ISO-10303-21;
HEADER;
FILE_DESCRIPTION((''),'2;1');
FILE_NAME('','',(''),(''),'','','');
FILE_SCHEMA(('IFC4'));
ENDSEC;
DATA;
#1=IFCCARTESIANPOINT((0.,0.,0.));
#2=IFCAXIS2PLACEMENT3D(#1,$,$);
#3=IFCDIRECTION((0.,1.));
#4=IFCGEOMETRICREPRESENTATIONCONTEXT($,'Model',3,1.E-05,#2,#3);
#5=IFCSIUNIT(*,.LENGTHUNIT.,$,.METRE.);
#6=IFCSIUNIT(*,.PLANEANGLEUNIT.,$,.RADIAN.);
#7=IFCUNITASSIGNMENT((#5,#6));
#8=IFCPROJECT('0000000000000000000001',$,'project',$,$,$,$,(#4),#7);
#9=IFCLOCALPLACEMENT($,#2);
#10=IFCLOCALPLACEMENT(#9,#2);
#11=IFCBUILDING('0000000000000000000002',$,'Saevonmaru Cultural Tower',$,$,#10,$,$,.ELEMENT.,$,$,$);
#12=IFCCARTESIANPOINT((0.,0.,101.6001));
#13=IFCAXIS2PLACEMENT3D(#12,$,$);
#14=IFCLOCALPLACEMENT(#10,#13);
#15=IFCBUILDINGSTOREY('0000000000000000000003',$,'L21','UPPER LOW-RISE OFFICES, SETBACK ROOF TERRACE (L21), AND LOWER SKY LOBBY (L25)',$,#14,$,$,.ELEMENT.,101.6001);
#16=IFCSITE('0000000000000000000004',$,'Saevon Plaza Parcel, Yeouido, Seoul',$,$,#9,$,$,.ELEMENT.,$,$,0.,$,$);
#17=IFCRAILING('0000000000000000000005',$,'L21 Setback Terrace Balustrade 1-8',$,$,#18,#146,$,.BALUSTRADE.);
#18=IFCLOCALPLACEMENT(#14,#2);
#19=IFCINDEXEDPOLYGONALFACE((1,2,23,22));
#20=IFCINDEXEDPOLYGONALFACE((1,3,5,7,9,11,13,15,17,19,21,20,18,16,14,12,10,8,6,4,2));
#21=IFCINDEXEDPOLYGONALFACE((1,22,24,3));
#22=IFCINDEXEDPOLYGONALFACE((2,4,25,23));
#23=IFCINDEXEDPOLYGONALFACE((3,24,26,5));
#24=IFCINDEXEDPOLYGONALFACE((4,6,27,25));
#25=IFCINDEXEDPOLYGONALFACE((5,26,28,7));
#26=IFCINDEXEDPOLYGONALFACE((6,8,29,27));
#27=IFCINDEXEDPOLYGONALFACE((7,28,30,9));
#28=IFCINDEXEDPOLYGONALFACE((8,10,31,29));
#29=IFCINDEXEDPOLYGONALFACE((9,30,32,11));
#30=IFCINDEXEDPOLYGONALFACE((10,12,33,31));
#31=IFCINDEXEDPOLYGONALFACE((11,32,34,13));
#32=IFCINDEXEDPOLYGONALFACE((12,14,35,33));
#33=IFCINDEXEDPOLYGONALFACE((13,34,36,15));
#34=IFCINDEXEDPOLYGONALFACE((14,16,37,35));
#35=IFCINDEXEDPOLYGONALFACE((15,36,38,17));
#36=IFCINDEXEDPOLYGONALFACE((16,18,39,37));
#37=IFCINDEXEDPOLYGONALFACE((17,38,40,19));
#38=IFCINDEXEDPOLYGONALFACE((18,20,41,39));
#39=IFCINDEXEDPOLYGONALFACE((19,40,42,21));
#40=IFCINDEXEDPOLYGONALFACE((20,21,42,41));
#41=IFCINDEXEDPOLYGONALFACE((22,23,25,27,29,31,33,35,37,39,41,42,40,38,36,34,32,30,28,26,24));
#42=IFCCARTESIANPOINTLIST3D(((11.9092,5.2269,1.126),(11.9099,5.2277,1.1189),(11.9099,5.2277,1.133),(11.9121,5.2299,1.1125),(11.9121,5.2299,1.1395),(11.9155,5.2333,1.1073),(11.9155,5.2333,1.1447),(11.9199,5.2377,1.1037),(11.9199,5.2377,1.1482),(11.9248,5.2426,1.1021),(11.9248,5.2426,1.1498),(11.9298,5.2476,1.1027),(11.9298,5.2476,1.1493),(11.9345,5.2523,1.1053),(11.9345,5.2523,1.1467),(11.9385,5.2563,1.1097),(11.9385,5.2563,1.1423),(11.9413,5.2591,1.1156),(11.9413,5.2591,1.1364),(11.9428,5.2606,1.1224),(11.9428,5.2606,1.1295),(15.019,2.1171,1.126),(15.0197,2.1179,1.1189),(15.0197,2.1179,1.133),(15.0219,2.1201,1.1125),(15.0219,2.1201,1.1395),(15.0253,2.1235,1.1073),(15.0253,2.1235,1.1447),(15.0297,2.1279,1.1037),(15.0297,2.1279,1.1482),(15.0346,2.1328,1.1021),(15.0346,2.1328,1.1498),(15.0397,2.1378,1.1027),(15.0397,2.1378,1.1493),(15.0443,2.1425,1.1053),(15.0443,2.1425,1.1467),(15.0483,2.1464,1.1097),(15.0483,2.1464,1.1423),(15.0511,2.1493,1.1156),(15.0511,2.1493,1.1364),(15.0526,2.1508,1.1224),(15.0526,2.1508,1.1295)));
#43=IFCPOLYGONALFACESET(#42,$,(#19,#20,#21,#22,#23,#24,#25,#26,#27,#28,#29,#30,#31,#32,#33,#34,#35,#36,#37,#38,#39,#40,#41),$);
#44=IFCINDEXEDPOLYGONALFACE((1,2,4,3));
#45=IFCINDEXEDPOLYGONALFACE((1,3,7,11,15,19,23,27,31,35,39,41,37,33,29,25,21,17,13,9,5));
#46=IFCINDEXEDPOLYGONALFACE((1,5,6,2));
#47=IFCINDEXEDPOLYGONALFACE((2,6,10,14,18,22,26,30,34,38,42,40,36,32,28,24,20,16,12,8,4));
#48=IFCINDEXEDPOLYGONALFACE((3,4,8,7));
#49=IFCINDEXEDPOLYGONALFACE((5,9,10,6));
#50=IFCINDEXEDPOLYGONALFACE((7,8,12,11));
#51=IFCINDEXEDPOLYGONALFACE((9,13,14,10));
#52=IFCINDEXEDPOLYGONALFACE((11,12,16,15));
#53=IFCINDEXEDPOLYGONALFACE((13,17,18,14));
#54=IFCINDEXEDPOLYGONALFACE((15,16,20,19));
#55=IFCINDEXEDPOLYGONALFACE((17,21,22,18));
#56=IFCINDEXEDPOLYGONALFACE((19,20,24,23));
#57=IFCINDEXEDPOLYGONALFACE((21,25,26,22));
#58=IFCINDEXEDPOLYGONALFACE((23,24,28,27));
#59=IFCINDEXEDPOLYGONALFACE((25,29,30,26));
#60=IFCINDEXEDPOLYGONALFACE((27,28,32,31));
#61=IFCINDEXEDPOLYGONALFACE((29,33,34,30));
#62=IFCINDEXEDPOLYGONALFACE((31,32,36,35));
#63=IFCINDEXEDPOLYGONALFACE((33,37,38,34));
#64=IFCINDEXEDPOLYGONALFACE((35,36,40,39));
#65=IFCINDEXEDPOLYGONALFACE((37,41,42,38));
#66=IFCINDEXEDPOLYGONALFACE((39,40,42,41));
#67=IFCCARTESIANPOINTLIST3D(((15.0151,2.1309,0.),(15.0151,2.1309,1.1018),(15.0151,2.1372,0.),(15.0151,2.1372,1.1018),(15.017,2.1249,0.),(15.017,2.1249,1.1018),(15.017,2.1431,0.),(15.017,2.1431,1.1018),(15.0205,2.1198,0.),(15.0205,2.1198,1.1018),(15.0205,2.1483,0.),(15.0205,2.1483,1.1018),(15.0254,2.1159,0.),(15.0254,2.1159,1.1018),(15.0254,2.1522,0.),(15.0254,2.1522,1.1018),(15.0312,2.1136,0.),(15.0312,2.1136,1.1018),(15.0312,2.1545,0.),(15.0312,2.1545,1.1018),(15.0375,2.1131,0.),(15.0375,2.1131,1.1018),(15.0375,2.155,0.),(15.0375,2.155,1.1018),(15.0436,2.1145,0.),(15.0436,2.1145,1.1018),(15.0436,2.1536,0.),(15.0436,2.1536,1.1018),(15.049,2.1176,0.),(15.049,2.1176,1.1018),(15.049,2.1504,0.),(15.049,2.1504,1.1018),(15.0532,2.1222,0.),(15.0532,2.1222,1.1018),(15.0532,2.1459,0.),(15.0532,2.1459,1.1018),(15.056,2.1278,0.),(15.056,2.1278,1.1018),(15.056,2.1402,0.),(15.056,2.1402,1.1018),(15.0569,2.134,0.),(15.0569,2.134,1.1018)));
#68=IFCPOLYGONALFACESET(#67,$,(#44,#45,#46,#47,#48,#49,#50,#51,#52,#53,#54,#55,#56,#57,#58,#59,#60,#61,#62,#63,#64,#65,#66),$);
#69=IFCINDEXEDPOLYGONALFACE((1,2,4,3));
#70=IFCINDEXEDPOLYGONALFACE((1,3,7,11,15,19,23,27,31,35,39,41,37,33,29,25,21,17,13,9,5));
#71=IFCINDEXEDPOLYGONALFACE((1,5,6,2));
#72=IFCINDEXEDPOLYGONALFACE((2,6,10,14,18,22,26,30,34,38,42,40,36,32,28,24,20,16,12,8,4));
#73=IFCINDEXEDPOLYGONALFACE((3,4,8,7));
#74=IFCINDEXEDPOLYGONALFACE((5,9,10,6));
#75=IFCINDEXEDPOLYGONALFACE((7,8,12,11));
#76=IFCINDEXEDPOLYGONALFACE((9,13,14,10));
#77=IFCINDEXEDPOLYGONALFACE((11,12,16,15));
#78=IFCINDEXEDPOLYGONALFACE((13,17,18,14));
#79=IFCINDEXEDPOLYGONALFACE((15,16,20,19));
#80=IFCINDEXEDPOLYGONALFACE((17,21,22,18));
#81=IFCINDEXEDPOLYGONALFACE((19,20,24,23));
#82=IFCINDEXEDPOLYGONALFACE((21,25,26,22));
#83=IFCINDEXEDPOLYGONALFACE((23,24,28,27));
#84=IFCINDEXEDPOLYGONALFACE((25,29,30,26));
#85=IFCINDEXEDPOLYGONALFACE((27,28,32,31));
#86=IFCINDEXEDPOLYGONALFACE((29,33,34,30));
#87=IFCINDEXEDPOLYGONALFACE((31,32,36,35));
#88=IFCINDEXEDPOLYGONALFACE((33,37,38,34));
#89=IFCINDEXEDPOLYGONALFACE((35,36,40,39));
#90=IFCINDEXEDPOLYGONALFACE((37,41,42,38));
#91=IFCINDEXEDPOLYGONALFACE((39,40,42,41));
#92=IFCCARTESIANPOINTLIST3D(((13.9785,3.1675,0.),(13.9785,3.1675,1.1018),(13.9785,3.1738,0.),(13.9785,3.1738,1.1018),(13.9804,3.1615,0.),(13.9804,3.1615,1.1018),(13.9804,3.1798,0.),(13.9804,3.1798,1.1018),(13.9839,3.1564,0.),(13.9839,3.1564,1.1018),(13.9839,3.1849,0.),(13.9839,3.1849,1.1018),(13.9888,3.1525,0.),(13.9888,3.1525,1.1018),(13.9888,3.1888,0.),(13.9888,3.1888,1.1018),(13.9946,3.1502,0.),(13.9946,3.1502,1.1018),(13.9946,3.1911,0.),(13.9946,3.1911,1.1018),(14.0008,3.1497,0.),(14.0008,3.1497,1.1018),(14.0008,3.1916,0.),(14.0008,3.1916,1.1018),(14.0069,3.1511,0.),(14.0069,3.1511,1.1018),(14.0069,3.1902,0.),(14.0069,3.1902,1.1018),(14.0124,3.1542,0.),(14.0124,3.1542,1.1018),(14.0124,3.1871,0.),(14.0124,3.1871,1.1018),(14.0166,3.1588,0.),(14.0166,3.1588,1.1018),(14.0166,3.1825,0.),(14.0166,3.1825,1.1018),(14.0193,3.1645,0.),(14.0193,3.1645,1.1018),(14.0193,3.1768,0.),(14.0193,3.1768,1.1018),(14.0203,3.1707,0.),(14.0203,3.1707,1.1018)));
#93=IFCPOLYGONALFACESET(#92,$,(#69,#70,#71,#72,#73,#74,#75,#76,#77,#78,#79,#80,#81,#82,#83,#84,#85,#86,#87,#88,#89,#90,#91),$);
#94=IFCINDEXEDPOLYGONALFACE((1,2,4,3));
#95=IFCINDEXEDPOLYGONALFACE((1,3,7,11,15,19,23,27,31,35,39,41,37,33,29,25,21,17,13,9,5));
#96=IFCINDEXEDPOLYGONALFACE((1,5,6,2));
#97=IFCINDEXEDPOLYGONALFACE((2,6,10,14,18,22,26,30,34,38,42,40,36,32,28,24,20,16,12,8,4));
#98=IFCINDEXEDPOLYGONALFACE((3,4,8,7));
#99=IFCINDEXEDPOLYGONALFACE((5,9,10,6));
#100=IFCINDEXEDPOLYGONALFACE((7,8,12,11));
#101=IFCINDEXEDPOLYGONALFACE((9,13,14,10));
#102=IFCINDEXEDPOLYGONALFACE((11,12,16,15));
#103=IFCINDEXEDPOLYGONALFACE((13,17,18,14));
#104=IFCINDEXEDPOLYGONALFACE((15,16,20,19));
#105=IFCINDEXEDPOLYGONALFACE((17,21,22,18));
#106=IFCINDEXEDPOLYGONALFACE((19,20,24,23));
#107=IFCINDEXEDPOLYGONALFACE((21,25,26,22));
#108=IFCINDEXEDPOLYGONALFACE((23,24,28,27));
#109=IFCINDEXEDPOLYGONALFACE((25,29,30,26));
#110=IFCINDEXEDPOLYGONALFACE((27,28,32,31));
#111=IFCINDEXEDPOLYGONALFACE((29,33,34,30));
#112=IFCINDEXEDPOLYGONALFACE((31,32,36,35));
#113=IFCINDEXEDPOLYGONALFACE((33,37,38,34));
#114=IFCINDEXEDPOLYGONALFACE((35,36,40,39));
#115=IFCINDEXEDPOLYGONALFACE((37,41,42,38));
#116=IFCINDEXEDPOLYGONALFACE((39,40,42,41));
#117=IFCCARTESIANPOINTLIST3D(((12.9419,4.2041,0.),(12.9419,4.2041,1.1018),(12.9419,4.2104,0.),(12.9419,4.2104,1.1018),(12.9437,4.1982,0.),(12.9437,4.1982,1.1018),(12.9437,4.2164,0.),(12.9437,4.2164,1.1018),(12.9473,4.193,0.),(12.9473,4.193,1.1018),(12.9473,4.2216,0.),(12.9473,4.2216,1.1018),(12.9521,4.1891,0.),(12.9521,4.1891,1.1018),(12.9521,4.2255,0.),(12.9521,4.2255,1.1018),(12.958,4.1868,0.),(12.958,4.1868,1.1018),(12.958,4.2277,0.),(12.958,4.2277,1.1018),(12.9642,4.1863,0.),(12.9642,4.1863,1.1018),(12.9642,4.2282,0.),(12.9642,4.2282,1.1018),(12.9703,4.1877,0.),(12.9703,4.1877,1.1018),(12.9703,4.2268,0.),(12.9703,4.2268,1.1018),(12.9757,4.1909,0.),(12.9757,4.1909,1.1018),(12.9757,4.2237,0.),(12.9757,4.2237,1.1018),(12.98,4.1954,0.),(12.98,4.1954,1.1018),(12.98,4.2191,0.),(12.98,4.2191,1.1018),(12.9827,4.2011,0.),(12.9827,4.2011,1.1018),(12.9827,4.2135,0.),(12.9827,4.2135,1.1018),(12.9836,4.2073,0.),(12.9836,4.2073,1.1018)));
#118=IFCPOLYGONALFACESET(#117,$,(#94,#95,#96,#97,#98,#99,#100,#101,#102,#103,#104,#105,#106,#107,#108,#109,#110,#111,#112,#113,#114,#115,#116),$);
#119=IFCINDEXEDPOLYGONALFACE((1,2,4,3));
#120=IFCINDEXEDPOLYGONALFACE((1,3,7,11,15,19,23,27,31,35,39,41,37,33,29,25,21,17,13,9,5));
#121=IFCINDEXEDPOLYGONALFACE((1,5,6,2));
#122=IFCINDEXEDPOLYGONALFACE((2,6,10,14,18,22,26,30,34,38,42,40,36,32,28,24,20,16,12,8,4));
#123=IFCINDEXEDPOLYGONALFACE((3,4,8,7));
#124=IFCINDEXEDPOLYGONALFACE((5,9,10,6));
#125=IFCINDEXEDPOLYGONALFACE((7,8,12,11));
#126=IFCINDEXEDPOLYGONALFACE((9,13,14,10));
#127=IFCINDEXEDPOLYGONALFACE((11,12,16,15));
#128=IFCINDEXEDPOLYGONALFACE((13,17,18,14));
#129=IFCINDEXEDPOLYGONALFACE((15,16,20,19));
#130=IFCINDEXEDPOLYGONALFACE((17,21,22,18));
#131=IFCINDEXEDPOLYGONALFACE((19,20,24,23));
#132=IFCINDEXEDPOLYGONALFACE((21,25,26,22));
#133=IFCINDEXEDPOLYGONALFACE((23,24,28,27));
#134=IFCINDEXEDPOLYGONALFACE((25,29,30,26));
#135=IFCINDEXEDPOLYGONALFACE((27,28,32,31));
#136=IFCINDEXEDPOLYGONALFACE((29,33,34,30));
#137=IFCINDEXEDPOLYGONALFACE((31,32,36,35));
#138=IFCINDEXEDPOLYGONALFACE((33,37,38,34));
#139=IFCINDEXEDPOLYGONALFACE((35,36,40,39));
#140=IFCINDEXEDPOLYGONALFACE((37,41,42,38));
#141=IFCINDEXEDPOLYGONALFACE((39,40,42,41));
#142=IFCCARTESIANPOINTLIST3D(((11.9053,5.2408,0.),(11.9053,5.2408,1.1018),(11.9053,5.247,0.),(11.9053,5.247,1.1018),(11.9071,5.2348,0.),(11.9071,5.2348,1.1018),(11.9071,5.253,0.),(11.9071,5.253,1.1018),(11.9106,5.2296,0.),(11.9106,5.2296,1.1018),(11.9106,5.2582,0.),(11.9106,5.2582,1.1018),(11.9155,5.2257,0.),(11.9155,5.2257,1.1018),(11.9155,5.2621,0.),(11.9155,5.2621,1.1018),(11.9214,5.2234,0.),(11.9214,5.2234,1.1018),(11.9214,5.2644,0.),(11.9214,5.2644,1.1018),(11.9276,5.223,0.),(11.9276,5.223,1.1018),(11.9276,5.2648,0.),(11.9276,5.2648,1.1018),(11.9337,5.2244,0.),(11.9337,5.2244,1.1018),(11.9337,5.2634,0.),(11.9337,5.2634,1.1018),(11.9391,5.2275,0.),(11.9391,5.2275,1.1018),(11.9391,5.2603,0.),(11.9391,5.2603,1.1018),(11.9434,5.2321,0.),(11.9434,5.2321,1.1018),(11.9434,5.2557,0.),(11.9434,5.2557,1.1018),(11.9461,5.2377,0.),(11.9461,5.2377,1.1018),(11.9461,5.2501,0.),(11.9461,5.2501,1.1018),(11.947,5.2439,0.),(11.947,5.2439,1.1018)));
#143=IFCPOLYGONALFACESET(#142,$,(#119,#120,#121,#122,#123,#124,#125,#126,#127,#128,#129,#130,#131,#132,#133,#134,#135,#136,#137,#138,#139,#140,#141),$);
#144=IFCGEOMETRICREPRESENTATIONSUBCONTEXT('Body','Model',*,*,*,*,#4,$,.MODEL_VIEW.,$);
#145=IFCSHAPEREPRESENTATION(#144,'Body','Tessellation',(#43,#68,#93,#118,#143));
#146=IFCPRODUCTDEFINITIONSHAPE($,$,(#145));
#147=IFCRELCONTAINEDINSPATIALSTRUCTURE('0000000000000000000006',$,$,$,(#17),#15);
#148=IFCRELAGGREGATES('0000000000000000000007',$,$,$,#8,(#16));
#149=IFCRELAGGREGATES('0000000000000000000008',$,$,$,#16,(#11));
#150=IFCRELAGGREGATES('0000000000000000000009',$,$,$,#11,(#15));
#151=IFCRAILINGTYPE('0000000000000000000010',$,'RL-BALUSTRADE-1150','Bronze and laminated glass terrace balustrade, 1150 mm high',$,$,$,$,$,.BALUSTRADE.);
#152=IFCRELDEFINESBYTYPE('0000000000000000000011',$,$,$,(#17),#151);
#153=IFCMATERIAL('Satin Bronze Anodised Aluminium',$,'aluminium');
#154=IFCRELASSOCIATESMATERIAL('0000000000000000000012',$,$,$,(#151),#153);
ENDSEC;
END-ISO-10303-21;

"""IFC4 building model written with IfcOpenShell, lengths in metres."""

from ifc_helpers import new_model, si_unit, direction, frame, origin, origin_2d, place, context, subcontext, project, spatial, circle, extrude, material, type_object, element, save


model = new_model("IFC4")

# Units and contexts
model_context = context("Model", 3, precision=1e-05, world=origin(), true_north=direction((0.0, 1.0)))
body_context = subcontext(model_context, "Body", "Model", "MODEL_VIEW")
ifc_project = project(units=[si_unit("LENGTHUNIT", "METRE"), si_unit("PLANEANGLEUNIT", "RADIAN")], contexts=[model_context])

# Site, building, storey
site_placement = place(None, origin())
site = spatial("IfcSite", under=ifc_project, at=site_placement, Name="Saevon Plaza Parcel, Yeouido, Seoul", CompositionType="ELEMENT", RefElevation=0.0)
building_placement = place(site_placement, origin())
building = spatial("IfcBuilding", under=site, at=building_placement, Name="Saevonmaru Cultural Tower", CompositionType="ELEMENT")
storey_placement = place(building_placement, frame((0.0, 0.0, 101.6001)))
storey = spatial("IfcBuildingStorey", under=building, at=storey_placement, Name="L21", Description="UPPER LOW-RISE OFFICES, SETBACK ROOF TERRACE (L21), AND LOWER SKY LOBBY (L25)", CompositionType="ELEMENT", Elevation=101.6001)

# Shared definitions
ifc_material_1 = material(Name="Satin Bronze Anodised Aluminium", Category="aluminium")

# Railing
railing_type = type_object("IfcRailingType", Name="RL-BALUSTRADE-1150", Description="Bronze and laminated glass terrace balustrade, 1150 mm high", PredefinedType="BALUSTRADE", material=ifc_material_1)
railing_1_placement = place(storey_placement, frame((15.0359, 2.134, 0.0)))
element("IfcRailing", 1, at=railing_1_placement, inside=storey, type_object=railing_type, Name="L21 Setback Terrace Balustrade 1-8", PredefinedType="BALUSTRADE", context=body_context, shape_type="SweptSolid", body=[
    extrude(circle(Radius=0.0239, at=origin_2d()), frame((0.0, 0.0, 1.126), z_axis=(-0.707107, 0.707107, 0.0), x_axis=(-0.707107, -0.707107, 0.0)), (0.0, 0.0, 1.0), 4.3979),
    extrude(circle(Radius=0.021, at=origin_2d()), origin(), (0.0, 0.0, 1.0), 1.1018),
    extrude(circle(Radius=0.021, at=origin_2d()), frame((-1.0366, 1.0366, 0.0)), (0.0, 0.0, 1.0), 1.1018),
    extrude(circle(Radius=0.021, at=origin_2d()), frame((-2.0732, 2.0732, 0.0)), (0.0, 0.0, 1.0), 1.1018),
    extrude(circle(Radius=0.021, at=origin_2d()), frame((-3.1099, 3.1099, 0.0)), (0.0, 0.0, 1.0), 1.1018),
])

save(model, "model.ifc")
